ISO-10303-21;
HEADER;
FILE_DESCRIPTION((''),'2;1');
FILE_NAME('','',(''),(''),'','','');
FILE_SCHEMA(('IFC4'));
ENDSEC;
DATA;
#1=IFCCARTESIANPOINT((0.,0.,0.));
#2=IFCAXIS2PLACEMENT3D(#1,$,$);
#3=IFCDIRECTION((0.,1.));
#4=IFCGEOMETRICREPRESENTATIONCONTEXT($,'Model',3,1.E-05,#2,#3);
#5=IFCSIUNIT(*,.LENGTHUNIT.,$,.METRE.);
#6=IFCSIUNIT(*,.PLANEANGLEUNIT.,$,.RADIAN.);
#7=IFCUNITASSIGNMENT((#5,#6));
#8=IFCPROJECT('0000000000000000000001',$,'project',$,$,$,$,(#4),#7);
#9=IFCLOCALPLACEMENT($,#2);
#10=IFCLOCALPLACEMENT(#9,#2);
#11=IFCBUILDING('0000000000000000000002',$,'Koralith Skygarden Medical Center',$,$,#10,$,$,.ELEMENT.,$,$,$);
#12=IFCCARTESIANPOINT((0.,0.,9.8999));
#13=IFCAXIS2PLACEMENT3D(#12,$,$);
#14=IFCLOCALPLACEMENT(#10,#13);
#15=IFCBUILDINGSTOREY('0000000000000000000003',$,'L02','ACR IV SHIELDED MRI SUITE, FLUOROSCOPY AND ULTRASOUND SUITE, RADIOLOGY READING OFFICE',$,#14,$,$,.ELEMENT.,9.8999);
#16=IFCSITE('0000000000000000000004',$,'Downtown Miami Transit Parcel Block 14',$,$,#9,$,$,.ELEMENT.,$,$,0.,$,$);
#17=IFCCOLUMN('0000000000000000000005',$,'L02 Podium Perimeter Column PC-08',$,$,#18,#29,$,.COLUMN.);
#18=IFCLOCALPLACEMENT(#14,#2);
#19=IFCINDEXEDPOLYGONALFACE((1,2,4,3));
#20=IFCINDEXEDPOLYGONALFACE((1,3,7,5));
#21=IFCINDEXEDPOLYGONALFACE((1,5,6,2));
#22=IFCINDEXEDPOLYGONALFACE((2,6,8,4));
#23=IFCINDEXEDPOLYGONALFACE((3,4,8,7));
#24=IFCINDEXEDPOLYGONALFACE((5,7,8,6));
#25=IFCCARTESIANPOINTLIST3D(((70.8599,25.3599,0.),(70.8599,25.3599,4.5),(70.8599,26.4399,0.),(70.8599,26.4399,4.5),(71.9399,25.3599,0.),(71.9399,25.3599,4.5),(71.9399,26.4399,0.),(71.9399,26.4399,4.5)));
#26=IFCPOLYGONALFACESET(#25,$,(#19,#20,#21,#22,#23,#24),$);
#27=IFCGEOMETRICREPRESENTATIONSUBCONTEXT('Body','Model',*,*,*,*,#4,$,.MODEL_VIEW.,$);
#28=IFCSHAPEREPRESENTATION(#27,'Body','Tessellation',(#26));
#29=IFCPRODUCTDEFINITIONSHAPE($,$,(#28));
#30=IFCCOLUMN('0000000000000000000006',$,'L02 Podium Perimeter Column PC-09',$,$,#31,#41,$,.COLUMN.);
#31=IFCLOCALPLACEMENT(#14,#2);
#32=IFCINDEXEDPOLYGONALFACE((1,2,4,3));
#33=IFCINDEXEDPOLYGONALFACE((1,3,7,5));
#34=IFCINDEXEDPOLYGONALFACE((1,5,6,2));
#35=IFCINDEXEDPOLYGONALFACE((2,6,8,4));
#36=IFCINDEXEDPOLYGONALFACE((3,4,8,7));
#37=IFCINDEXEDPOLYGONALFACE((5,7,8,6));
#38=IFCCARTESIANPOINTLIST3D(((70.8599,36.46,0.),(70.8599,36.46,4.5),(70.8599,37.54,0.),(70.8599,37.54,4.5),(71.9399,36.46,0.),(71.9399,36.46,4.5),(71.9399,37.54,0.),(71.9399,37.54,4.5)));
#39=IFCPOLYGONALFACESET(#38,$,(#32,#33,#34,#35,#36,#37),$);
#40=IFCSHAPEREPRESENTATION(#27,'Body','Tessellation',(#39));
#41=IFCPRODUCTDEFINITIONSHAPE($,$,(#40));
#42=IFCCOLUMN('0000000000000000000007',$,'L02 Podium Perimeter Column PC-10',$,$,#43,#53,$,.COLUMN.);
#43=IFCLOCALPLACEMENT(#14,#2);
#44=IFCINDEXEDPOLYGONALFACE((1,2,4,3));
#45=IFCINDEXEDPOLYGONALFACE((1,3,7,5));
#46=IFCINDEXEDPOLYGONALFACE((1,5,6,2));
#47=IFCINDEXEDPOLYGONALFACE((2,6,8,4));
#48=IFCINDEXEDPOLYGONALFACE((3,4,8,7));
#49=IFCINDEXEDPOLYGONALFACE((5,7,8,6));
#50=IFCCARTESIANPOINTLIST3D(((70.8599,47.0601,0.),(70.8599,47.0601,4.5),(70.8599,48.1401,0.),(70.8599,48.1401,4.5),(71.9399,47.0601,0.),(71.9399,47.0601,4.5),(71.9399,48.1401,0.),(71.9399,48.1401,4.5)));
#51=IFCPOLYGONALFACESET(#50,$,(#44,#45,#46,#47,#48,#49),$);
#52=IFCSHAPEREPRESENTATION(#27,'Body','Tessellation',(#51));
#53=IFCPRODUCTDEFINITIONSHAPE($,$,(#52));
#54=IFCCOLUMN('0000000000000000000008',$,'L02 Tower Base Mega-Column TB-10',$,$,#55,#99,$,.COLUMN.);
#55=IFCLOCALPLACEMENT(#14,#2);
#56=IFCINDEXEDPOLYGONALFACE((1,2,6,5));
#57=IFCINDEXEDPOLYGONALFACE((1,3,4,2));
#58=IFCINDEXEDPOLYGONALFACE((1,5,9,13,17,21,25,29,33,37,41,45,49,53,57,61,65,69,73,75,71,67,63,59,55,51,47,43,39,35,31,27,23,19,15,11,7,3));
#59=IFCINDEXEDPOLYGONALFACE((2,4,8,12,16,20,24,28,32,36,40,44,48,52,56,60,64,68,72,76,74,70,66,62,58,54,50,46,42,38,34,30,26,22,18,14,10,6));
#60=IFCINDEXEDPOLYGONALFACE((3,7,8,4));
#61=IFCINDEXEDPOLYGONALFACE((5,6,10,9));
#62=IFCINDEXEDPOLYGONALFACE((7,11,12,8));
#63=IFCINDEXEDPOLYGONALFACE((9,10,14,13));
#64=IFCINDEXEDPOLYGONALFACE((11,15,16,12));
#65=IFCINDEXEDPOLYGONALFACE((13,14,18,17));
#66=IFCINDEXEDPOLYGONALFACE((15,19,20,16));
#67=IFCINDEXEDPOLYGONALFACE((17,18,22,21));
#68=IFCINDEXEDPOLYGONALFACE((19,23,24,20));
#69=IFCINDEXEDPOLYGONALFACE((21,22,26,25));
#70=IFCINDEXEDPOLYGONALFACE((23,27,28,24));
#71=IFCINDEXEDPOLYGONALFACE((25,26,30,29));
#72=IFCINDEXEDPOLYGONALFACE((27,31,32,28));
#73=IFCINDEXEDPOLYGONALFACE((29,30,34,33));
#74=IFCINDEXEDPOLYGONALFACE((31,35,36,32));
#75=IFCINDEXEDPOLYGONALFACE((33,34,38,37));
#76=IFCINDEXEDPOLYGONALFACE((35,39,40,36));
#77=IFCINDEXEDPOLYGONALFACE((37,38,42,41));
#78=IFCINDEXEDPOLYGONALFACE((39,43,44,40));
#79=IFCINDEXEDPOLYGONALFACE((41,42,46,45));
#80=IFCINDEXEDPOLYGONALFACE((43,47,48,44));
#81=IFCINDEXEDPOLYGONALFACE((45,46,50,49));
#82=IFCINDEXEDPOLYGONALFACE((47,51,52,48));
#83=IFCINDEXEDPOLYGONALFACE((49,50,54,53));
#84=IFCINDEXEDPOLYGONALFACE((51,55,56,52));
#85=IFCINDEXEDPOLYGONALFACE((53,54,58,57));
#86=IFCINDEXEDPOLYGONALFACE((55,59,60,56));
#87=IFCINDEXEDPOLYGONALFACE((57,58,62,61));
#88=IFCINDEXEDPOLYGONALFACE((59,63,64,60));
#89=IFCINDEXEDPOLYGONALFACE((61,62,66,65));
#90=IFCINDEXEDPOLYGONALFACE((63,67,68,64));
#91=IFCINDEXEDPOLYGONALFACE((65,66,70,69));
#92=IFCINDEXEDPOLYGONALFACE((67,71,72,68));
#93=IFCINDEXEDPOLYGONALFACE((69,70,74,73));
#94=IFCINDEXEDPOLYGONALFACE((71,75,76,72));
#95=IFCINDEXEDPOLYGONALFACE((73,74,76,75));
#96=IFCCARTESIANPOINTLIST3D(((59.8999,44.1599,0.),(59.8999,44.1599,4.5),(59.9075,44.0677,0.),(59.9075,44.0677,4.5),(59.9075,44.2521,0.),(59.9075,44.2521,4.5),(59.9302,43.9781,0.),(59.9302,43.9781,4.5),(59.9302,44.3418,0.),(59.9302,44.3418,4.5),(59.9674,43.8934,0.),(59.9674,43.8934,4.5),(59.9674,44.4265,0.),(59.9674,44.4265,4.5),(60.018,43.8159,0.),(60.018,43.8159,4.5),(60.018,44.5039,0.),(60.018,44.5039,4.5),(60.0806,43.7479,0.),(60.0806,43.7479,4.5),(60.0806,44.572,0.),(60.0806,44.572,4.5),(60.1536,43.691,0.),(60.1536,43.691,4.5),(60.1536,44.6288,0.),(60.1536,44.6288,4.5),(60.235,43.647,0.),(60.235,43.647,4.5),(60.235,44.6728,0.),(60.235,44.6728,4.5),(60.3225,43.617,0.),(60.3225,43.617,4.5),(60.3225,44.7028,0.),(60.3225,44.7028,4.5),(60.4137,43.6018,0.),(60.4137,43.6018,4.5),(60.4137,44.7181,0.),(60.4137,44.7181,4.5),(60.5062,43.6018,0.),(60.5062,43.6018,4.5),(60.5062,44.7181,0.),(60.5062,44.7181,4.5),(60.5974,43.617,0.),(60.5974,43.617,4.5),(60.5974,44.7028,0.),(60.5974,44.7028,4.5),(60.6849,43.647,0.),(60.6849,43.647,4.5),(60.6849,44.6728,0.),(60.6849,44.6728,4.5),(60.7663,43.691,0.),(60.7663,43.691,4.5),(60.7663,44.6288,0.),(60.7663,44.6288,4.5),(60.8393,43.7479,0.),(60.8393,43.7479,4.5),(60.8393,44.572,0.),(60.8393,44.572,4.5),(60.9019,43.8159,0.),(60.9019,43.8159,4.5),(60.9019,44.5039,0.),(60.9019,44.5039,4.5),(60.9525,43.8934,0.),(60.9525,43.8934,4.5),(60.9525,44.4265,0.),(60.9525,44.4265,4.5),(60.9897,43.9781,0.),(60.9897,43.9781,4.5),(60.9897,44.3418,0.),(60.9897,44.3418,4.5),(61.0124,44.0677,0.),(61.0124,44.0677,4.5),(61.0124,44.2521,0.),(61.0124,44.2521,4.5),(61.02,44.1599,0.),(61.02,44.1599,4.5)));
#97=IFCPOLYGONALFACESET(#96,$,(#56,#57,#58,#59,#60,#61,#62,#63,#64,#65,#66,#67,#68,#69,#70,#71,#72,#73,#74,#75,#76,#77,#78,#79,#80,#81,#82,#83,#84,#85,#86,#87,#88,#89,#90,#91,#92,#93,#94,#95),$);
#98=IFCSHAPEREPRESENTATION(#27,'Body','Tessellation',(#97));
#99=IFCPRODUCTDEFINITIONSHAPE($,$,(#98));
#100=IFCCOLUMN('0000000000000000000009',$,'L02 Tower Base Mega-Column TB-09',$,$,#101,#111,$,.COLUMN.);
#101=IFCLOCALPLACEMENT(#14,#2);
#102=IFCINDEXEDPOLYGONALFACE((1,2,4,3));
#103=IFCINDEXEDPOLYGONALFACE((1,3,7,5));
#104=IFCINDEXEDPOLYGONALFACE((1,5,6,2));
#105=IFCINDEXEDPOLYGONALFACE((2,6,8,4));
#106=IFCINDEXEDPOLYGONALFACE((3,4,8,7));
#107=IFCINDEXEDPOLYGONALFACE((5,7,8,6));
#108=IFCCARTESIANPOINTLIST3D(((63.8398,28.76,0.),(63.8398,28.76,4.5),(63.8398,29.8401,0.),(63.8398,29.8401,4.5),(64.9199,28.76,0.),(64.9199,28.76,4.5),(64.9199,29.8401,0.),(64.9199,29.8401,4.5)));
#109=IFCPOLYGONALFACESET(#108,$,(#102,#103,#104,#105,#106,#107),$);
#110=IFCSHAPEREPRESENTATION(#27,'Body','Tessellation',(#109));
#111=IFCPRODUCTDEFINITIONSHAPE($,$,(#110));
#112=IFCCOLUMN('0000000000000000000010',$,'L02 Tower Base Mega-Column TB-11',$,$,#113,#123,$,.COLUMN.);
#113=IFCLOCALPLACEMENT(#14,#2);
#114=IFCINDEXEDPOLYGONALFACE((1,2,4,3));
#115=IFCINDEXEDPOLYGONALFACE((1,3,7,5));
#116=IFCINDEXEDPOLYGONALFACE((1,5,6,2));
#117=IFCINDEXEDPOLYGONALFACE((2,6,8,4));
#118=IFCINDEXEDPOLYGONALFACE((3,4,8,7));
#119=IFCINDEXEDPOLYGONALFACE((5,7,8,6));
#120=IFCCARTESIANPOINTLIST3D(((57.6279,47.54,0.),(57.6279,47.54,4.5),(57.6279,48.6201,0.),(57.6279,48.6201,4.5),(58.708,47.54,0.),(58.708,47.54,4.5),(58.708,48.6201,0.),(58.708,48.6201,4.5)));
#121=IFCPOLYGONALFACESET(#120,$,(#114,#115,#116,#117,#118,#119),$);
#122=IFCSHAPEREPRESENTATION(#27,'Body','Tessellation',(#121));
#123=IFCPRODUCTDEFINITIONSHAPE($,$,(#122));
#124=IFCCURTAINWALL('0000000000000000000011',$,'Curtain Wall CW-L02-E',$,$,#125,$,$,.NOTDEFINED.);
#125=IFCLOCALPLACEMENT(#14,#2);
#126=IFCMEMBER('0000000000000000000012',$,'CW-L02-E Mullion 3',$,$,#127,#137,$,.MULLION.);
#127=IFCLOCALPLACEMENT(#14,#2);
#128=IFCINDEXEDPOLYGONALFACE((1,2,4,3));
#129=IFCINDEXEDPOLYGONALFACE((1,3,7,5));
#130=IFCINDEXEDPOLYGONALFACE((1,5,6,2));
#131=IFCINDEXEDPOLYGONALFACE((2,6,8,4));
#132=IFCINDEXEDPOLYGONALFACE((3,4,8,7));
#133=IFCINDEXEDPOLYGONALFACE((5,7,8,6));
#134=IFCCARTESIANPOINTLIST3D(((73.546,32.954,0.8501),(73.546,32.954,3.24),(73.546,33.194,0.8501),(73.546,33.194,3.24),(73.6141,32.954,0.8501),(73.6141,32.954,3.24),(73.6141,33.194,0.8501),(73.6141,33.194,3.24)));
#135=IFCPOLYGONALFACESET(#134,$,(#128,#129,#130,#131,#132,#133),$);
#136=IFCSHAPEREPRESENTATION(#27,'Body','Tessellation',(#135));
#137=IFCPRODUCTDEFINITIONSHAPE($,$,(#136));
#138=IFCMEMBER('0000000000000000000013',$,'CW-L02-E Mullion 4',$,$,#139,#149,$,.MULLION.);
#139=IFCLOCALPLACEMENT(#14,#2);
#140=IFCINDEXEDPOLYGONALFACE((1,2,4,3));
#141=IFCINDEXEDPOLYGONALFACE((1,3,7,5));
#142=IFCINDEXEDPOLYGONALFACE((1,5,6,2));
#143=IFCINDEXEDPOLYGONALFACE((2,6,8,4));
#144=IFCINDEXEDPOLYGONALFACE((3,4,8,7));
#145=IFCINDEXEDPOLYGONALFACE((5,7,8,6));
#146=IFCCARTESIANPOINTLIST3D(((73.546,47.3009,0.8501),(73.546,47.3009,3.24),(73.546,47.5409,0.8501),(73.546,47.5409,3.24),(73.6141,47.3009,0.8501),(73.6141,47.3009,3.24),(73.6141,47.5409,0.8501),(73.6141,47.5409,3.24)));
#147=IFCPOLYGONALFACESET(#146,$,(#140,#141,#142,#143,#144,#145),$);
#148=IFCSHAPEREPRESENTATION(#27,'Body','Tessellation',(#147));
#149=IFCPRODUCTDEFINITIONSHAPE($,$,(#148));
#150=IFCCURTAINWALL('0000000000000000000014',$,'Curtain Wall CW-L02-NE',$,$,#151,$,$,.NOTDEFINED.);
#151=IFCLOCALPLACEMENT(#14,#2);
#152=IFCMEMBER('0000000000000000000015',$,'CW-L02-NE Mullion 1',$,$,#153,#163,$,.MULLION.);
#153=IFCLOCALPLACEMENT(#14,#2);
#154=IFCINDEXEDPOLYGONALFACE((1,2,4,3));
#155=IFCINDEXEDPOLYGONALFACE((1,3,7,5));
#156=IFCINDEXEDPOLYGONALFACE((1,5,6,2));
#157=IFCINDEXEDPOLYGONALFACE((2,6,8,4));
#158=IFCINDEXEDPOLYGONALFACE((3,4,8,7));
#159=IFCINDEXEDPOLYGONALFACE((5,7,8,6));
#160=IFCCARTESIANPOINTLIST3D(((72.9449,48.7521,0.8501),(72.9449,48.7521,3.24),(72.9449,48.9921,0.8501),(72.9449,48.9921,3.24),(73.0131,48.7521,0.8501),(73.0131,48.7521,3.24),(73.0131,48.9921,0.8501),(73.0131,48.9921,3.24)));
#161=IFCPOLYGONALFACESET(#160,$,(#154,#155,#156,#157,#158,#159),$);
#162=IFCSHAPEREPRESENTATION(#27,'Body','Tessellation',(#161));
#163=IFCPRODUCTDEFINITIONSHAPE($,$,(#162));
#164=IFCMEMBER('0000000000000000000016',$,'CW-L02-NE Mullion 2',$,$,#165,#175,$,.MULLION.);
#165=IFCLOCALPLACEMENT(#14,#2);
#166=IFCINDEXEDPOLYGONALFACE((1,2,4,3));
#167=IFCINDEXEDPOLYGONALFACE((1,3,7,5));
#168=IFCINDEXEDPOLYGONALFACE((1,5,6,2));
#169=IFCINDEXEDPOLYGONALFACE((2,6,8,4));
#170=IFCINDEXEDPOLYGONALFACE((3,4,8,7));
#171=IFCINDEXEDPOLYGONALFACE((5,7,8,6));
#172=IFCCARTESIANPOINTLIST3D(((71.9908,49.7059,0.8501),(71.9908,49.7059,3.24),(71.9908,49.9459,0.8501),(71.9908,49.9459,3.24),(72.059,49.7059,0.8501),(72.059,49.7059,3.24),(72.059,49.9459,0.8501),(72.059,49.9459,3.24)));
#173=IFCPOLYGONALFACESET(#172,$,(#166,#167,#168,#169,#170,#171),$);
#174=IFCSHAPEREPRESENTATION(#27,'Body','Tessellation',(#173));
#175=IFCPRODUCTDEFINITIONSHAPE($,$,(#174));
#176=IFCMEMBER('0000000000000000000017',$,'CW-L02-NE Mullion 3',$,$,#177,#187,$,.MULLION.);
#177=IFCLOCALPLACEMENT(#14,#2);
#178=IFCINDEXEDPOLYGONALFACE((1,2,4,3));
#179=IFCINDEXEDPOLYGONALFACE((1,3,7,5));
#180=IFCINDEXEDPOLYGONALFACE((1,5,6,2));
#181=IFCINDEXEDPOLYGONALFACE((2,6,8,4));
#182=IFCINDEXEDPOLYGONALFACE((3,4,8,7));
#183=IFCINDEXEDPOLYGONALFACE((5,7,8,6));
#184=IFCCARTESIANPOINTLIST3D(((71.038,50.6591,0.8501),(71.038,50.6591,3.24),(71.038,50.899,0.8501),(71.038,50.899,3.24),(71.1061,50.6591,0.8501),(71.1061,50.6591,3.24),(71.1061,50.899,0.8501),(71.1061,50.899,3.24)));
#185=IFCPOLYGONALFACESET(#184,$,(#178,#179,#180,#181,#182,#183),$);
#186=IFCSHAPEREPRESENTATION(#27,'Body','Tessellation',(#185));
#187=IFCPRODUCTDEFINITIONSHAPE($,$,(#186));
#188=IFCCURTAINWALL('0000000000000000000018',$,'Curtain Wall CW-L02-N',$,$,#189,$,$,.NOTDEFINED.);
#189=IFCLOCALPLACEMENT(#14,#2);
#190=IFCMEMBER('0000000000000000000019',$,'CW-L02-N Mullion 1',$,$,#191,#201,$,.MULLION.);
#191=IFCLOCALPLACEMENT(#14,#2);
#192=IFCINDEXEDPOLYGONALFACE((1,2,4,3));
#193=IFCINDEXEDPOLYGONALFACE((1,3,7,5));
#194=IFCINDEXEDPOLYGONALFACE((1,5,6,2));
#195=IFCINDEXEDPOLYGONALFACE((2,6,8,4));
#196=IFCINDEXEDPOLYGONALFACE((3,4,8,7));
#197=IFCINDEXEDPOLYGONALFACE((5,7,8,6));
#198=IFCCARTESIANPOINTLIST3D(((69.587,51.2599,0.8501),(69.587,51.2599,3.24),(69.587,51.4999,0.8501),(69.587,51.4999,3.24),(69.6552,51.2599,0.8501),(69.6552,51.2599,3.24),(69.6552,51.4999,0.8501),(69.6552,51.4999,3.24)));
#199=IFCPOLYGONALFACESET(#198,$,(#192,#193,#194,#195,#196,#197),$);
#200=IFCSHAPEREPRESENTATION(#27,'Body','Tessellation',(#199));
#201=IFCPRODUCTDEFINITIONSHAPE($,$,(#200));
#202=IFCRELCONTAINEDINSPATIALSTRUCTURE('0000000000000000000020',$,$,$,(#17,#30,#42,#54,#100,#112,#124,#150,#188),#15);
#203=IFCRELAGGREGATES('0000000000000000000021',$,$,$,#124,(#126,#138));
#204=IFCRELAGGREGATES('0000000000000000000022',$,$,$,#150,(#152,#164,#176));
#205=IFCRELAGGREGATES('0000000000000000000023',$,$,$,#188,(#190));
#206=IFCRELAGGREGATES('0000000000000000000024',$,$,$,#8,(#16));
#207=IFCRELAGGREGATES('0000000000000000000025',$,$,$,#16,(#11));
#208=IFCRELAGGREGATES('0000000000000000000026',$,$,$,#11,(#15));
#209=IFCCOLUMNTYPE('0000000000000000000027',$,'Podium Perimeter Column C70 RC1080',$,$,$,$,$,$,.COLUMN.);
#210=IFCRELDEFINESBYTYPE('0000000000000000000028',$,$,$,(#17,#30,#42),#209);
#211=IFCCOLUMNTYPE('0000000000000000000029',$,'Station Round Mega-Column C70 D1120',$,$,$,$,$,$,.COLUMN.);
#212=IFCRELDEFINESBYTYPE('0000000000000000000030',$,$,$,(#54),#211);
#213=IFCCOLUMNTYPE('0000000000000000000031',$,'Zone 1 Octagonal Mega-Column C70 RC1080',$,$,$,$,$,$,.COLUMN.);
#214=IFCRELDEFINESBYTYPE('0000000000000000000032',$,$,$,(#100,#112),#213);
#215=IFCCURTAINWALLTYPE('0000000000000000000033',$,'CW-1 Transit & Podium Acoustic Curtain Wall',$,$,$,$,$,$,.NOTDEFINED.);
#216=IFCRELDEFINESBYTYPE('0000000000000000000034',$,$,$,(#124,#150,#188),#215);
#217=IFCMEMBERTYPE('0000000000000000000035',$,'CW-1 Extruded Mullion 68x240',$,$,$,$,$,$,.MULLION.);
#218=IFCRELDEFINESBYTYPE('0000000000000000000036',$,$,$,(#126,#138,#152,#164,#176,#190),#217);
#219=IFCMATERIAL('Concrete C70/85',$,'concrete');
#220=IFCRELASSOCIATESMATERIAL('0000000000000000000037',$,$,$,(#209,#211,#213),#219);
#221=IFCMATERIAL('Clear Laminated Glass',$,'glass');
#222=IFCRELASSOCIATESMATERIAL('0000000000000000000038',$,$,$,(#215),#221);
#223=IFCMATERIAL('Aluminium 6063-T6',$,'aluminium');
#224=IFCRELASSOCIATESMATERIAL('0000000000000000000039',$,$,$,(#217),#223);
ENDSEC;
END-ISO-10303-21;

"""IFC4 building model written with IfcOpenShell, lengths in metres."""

from ifc_helpers import new_model, si_unit, direction, frame, origin, origin_2d, place, context, subcontext, project, spatial, rectangle, circle, extrude, material, material_profile, profile_set, type_object, element, aggregate, save


model = new_model("IFC4")

# Units and contexts
model_context = context("Model", 3, precision=1e-05, world=origin(), true_north=direction((0.0, 1.0)))
body_context = subcontext(model_context, "Body", "Model", "MODEL_VIEW")
ifc_project = project(units=[si_unit("LENGTHUNIT", "METRE"), si_unit("PLANEANGLEUNIT", "RADIAN")], contexts=[model_context])

# Site, building, storey
site_placement = place(None, origin())
site = spatial("IfcSite", under=ifc_project, at=site_placement, Name="Downtown Miami Transit Parcel Block 14", CompositionType="ELEMENT", RefElevation=0.0)
building_placement = place(site_placement, origin())
building = spatial("IfcBuilding", under=site, at=building_placement, Name="Koralith Skygarden Medical Center", CompositionType="ELEMENT")
storey_placement = place(building_placement, frame((0.0, 0.0, 9.8999)))
storey = spatial("IfcBuildingStorey", under=building, at=storey_placement, Name="L02", Description="ACR IV SHIELDED MRI SUITE, FLUOROSCOPY AND ULTRASOUND SUITE, RADIOLOGY READING OFFICE", CompositionType="ELEMENT", Elevation=9.8999)

# Columns
ifc_material_1 = material(Name="Concrete C70/85", Category="concrete")
ifc_material_profile_1 = material_profile(ifc_material_1, rectangle(XDim=1.0801, YDim=1.0801, at=origin_2d()), Name="RC1080X1080")
ifc_profile_set_1 = profile_set([ifc_material_profile_1], Name="Concrete C70/85")
column_type_1 = type_object("IfcColumnType", Name="Podium Perimeter Column C70 RC1080", PredefinedType="COLUMN", material=ifc_profile_set_1)
for number, where, z_axis, x_axis, name in (
    (1, (71.3999, 25.8999, 0.0), (0.0, 0.0, 1.0), (1.0, 0.0, 0.0), "L02 Podium Perimeter Column PC-08"),
    (2, (71.3999, 37.0, 0.0), (0.0, 0.0, 1.0), (1.0, 0.0, 0.0), "L02 Podium Perimeter Column PC-09"),
    (3, (71.3999, 47.6001, 0.0), (0.0, 0.0, 1.0), (1.0, 0.0, 0.0), "L02 Podium Perimeter Column PC-10"),
):
    element("IfcColumn", number, at=place(storey_placement, frame(where, z_axis=z_axis, x_axis=x_axis)), inside=storey, type_object=column_type_1, Name=name, PredefinedType="COLUMN", context=body_context, shape_type="SweptSolid", body=[
        extrude(rectangle(XDim=1.0801, YDim=1.0801, at=origin_2d()), origin(), (0.0, 0.0, 1.0), 4.5),
    ])
ifc_material_profile_2 = material_profile(ifc_material_1, circle(Radius=0.5601, at=origin_2d()), Name="RCCOL1120")
ifc_profile_set_2 = profile_set([ifc_material_profile_2], Name="Concrete C70/85")
column_type_2 = type_object("IfcColumnType", Name="Station Round Mega-Column C70 D1120", PredefinedType="COLUMN", material=ifc_profile_set_2)
column_placement = place(storey_placement, frame((60.46, 44.1599, 0.0), z_axis=(0.0, 0.0, 1.0), x_axis=(1.0, 0.0, 0.0)))
element("IfcColumn", 4, at=column_placement, inside=storey, type_object=column_type_2, Name="L02 Tower Base Mega-Column TB-10", PredefinedType="COLUMN", context=body_context, shape_type="SweptSolid", body=[
    extrude(circle(Radius=0.5601, at=origin_2d()), origin(), (0.0, 0.0, 1.0), 4.5),
])
ifc_material_profile_3 = material_profile(ifc_material_1, rectangle(XDim=1.0801, YDim=1.0801, at=origin_2d()), Name="RC1080X1080")
ifc_profile_set_3 = profile_set([ifc_material_profile_3], Name="Concrete C70/85")
column_type_3 = type_object("IfcColumnType", Name="Zone 1 Octagonal Mega-Column C70 RC1080", PredefinedType="COLUMN", material=ifc_profile_set_3)
for number, where, z_axis, x_axis, name in (
    (5, (64.3799, 29.3, 0.0), (0.0, 0.0, 1.0), (1.0, 0.0, 0.0), "L02 Tower Base Mega-Column TB-09"),
    (6, (58.168, 48.0801, 0.0), (0.0, 0.0, 1.0), (1.0, 0.0, 0.0), "L02 Tower Base Mega-Column TB-11"),
):
    element("IfcColumn", number, at=place(storey_placement, frame(where, z_axis=z_axis, x_axis=x_axis)), inside=storey, type_object=column_type_3, Name=name, PredefinedType="COLUMN", context=body_context, shape_type="SweptSolid", body=[
        extrude(rectangle(XDim=1.0801, YDim=1.0801, at=origin_2d()), origin(), (0.0, 0.0, 1.0), 4.5),
    ])

# Curtain walls, members
ifc_material_2 = material(Name="Clear Laminated Glass", Category="glass")
curtain_wall_type = type_object("IfcCurtainWallType", Name="CW-1 Transit & Podium Acoustic Curtain Wall", PredefinedType="NOTDEFINED", material=ifc_material_2)
curtain_wall_1_placement = place(storey_placement, origin())
curtain_wall_1 = element("IfcCurtainWall", 7, at=curtain_wall_1_placement, inside=storey, type_object=curtain_wall_type, Name="Curtain Wall CW-L02-E", PredefinedType="NOTDEFINED")
ifc_material_3 = material(Name="Aluminium 6063-T6", Category="aluminium")
ifc_material_profile_4 = material_profile(ifc_material_3, rectangle(XDim=0.0681, YDim=0.24, at=origin_2d()), Name="MUL68X240")
ifc_profile_set_4 = profile_set([ifc_material_profile_4], Name="Aluminium 6063-T6")
member_type_1 = type_object("IfcMemberType", Name="CW-1 Extruded Mullion 68x240", PredefinedType="MULLION", material=ifc_profile_set_4)
member_1_placement = place(storey_placement, frame((73.5801, 33.074, 0.8501), z_axis=(0.0, 0.0, 1.0), x_axis=(1.0, 0.0, 0.0)))
member_1 = element("IfcMember", 8, at=member_1_placement, type_object=member_type_1, Name="CW-L02-E Mullion 3", PredefinedType="MULLION", context=body_context, shape_type="SweptSolid", body=[
    extrude(rectangle(XDim=0.0681, YDim=0.24, at=origin_2d()), origin(), (0.0, 0.0, 1.0), 2.3899),
])
member_2_placement = place(storey_placement, frame((73.5801, 47.4209, 0.8501), z_axis=(0.0, 0.0, 1.0), x_axis=(1.0, 0.0, 0.0)))
member_2 = element("IfcMember", 9, at=member_2_placement, type_object=member_type_1, Name="CW-L02-E Mullion 4", PredefinedType="MULLION", context=body_context, shape_type="SweptSolid", body=[
    extrude(rectangle(XDim=0.0681, YDim=0.24, at=origin_2d()), origin(), (0.0, 0.0, 1.0), 2.3899),
])
curtain_wall_2_placement = place(storey_placement, origin())
curtain_wall_2 = element("IfcCurtainWall", 10, at=curtain_wall_2_placement, inside=storey, type_object=curtain_wall_type, Name="Curtain Wall CW-L02-NE", PredefinedType="NOTDEFINED")
member_3_placement = place(storey_placement, frame((72.979, 48.8721, 0.8501), z_axis=(0.0, 0.0, 1.0), x_axis=(1.0, 0.0, 0.0)))
member_3 = element("IfcMember", 11, at=member_3_placement, type_object=member_type_1, Name="CW-L02-NE Mullion 1", PredefinedType="MULLION", context=body_context, shape_type="SweptSolid", body=[
    extrude(rectangle(XDim=0.0681, YDim=0.24, at=origin_2d()), origin(), (0.0, 0.0, 1.0), 2.3899),
])
member_4_placement = place(storey_placement, frame((72.0249, 49.8259, 0.8501), z_axis=(0.0, 0.0, 1.0), x_axis=(1.0, 0.0, 0.0)))
member_4 = element("IfcMember", 12, at=member_4_placement, type_object=member_type_1, Name="CW-L02-NE Mullion 2", PredefinedType="MULLION", context=body_context, shape_type="SweptSolid", body=[
    extrude(rectangle(XDim=0.0681, YDim=0.24, at=origin_2d()), origin(), (0.0, 0.0, 1.0), 2.3899),
])
member_5_placement = place(storey_placement, frame((71.072, 50.7791, 0.8501), z_axis=(0.0, 0.0, 1.0), x_axis=(1.0, 0.0, 0.0)))
member_5 = element("IfcMember", 13, at=member_5_placement, type_object=member_type_1, Name="CW-L02-NE Mullion 3", PredefinedType="MULLION", context=body_context, shape_type="SweptSolid", body=[
    extrude(rectangle(XDim=0.0681, YDim=0.24, at=origin_2d()), origin(), (0.0, 0.0, 1.0), 2.3899),
])

# Curtain wall, member
curtain_wall_3_placement = place(storey_placement, origin())
curtain_wall_3 = element("IfcCurtainWall", 14, at=curtain_wall_3_placement, inside=storey, type_object=curtain_wall_type, Name="Curtain Wall CW-L02-N", PredefinedType="NOTDEFINED")
member_6_placement = place(storey_placement, frame((69.6211, 51.3799, 0.8501), z_axis=(0.0, 0.0, 1.0), x_axis=(1.0, 0.0, 0.0)))
member_6 = element("IfcMember", 15, at=member_6_placement, type_object=member_type_1, Name="CW-L02-N Mullion 1", PredefinedType="MULLION", context=body_context, shape_type="SweptSolid", body=[
    extrude(rectangle(XDim=0.0681, YDim=0.24, at=origin_2d()), origin(), (0.0, 0.0, 1.0), 2.3899),
])

aggregate(curtain_wall_1, [member_1, member_2])
aggregate(curtain_wall_2, [member_3, member_4, member_5])
aggregate(curtain_wall_3, [member_6])

save(model, "model.ifc")
